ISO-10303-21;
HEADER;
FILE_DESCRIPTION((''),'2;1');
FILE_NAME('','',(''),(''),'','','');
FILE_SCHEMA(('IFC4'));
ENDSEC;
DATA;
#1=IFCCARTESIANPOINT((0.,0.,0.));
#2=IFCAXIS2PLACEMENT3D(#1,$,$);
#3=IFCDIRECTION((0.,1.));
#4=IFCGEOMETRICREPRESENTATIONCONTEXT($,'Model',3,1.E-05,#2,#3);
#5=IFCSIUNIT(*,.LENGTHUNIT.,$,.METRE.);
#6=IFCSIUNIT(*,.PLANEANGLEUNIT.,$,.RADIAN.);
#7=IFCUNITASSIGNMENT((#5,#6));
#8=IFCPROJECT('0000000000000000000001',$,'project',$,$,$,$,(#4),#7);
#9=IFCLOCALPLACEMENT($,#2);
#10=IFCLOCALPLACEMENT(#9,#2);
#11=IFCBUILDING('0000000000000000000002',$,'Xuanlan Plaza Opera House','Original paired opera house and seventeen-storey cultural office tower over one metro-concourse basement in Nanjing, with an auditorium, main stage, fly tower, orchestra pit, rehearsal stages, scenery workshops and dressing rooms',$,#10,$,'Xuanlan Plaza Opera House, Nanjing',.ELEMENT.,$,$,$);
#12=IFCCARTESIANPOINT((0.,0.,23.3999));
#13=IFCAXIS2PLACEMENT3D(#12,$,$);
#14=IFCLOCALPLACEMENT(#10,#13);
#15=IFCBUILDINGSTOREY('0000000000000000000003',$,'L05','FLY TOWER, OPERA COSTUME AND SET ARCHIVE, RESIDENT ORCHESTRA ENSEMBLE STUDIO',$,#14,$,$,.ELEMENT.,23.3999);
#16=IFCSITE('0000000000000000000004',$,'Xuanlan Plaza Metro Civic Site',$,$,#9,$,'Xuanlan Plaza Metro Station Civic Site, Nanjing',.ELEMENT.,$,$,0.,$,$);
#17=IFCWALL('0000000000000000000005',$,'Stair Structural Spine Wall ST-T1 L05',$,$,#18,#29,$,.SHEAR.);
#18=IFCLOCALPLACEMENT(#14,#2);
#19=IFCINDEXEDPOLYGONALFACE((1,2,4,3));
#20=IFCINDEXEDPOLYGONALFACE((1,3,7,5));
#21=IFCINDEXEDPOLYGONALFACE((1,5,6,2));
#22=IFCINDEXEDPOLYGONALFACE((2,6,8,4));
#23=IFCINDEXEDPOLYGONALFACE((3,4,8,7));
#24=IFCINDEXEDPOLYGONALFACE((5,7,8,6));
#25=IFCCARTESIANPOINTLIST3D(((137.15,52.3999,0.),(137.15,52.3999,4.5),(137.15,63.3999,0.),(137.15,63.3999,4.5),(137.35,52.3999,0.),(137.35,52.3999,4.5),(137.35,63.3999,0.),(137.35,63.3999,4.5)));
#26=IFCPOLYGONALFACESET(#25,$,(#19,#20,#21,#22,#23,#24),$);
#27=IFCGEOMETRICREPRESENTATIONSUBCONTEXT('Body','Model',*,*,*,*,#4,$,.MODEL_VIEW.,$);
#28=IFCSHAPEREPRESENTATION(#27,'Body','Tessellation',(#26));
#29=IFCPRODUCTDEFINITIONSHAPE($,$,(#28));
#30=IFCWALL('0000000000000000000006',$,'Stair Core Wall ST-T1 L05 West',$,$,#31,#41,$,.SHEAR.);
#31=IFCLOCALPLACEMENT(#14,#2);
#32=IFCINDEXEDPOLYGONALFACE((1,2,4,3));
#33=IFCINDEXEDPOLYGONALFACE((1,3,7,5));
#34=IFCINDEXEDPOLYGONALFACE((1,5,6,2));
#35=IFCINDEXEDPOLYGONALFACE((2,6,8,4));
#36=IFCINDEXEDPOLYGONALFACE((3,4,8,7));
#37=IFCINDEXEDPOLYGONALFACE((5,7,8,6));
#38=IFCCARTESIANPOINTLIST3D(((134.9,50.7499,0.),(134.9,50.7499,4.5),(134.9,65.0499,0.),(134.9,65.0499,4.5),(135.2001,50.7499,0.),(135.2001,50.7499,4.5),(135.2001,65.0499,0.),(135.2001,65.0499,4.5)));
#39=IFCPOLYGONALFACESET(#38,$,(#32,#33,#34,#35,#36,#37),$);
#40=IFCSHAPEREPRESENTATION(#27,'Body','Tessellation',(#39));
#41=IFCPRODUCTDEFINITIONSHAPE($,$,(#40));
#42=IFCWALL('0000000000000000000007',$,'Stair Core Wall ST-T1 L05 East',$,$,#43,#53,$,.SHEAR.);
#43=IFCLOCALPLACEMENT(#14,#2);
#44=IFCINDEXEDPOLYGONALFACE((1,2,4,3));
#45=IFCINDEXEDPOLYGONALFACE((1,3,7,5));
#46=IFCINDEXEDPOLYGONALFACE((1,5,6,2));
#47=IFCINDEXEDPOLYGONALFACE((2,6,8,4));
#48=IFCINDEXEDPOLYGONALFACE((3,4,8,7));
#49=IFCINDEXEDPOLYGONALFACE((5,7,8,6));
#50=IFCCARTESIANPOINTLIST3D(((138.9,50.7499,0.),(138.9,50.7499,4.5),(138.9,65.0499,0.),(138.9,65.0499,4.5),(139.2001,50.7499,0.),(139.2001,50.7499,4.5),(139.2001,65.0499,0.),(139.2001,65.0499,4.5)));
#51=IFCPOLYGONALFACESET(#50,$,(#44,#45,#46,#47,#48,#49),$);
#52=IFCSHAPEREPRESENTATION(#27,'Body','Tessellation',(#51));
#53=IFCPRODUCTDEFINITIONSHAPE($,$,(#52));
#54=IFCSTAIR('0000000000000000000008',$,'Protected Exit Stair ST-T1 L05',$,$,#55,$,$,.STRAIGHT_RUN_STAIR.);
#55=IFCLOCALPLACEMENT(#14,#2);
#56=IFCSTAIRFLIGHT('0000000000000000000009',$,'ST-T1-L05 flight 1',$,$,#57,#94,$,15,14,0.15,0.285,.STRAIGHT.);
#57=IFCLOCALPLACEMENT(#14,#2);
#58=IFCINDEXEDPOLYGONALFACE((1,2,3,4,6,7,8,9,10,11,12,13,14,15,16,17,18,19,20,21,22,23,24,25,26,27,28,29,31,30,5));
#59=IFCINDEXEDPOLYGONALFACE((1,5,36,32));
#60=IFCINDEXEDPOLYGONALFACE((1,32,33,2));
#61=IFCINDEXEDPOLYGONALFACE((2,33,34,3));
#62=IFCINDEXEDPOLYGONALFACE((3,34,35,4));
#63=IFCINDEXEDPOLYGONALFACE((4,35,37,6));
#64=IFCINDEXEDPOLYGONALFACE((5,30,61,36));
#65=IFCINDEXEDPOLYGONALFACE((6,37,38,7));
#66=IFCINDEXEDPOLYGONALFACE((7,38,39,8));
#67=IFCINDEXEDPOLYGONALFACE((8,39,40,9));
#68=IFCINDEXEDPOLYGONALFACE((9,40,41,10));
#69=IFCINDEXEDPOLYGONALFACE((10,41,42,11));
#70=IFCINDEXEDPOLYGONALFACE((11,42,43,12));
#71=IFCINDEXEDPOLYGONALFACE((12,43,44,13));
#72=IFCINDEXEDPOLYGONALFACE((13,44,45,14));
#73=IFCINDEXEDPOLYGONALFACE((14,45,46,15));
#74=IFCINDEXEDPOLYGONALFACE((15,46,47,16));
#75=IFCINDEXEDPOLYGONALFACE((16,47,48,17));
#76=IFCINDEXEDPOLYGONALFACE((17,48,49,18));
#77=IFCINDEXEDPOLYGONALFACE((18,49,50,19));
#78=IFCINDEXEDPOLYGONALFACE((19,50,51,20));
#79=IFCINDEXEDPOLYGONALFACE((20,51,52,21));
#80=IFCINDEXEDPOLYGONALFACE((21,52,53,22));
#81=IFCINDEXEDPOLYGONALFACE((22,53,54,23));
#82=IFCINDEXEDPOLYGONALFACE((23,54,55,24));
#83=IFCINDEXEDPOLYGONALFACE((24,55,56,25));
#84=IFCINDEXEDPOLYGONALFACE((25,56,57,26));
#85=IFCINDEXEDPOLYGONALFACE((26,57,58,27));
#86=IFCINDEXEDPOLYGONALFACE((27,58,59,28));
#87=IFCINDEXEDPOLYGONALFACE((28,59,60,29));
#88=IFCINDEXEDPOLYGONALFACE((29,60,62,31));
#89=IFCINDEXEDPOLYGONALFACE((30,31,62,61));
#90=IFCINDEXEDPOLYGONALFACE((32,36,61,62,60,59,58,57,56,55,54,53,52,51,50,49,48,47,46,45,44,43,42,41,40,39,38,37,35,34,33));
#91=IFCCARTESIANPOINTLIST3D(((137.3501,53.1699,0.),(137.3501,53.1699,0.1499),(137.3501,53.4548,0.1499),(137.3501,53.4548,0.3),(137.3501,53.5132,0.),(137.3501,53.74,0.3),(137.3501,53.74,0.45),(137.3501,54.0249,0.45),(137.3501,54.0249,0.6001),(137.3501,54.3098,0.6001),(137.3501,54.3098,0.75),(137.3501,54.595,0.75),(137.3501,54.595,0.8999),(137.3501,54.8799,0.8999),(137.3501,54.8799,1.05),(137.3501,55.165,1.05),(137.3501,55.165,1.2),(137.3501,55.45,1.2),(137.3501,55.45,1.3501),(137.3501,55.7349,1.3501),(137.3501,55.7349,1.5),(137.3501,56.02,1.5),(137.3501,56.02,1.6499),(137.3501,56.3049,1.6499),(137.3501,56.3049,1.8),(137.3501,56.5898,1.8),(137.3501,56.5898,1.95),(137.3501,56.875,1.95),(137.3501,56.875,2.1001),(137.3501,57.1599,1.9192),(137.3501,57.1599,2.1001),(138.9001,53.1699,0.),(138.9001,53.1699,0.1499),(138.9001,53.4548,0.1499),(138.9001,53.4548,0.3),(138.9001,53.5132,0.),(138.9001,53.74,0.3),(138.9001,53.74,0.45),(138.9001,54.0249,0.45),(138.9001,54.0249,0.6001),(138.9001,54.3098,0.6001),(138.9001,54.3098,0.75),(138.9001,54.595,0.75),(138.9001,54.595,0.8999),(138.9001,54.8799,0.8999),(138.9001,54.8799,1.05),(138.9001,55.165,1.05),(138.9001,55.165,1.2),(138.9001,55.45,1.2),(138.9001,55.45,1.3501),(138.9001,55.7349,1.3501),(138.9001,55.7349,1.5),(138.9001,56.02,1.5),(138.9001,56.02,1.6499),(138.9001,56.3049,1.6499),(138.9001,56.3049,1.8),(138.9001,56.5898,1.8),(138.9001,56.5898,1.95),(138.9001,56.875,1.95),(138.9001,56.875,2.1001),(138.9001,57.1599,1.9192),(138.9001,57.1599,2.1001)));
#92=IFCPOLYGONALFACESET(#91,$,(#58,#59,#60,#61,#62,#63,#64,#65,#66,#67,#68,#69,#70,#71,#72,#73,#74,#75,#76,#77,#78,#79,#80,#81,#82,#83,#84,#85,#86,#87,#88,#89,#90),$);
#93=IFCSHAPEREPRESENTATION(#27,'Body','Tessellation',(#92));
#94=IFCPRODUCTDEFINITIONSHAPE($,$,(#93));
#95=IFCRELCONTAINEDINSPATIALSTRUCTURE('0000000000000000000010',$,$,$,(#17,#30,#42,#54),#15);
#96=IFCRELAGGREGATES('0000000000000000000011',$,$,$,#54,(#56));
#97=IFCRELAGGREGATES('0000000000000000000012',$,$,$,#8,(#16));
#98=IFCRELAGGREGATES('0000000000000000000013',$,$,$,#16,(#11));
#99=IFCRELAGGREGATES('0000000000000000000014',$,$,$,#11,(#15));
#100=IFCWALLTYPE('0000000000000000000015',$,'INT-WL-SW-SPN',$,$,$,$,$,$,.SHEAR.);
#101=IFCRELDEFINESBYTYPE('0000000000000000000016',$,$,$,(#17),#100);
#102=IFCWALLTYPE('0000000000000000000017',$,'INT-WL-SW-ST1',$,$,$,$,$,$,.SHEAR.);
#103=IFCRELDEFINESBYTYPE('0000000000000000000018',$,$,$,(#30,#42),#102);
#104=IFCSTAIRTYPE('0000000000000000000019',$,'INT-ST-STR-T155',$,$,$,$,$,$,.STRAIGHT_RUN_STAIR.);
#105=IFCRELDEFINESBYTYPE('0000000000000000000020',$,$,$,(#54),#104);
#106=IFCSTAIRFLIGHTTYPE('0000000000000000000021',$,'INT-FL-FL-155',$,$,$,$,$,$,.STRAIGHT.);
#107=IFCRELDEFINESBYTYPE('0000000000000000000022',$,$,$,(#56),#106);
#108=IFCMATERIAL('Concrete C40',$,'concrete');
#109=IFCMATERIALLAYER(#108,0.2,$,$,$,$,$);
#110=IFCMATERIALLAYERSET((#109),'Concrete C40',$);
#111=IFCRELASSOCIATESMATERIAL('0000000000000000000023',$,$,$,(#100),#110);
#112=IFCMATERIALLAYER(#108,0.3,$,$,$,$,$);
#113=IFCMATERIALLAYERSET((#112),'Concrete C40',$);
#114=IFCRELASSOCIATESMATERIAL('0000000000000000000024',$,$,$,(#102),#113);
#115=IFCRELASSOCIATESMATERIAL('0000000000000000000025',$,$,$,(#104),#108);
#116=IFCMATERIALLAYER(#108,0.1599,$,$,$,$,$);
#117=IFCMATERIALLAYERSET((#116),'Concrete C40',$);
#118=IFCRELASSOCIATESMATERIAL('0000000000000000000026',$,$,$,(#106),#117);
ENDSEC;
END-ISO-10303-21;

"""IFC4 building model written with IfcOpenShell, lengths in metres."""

from ifc_helpers import new_model, si_unit, direction, frame, frame_2d, origin, place, context, subcontext, project, spatial, polyline, rectangle, outline, extrude, material, layer, layer_set, type_object, element, aggregate, save


model = new_model("IFC4")

# Units and contexts
model_context = context("Model", 3, precision=1e-05, world=origin(), true_north=direction((0.0, 1.0)))
body_context = subcontext(model_context, "Body", "Model", "MODEL_VIEW")
ifc_project = project(units=[si_unit("LENGTHUNIT", "METRE"), si_unit("PLANEANGLEUNIT", "RADIAN")], contexts=[model_context])

# Site, building, storey
site_placement = place(None, origin())
site = spatial("IfcSite", under=ifc_project, at=site_placement, Name="Xuanlan Plaza Metro Civic Site", LongName="Xuanlan Plaza Metro Station Civic Site, Nanjing", CompositionType="ELEMENT", RefElevation=0.0)
building_placement = place(site_placement, origin())
building = spatial("IfcBuilding", under=site, at=building_placement, Name="Xuanlan Plaza Opera House", Description="Original paired opera house and seventeen-storey cultural office tower over one metro-concourse basement in Nanjing, with an auditorium, main stage, fly tower, orchestra pit, rehearsal stages, scenery workshops and dressing rooms", LongName="Xuanlan Plaza Opera House, Nanjing", CompositionType="ELEMENT")
storey_placement = place(building_placement, frame((0.0, 0.0, 23.3999)))
storey = spatial("IfcBuildingStorey", under=building, at=storey_placement, Name="L05", Description="FLY TOWER, OPERA COSTUME AND SET ARCHIVE, RESIDENT ORCHESTRA ENSEMBLE STUDIO", CompositionType="ELEMENT", Elevation=23.3999)

# Shared definitions
ifc_material_1 = material(Name="Concrete C40", Category="concrete")

# Walls
ifc_layer_1 = layer(ifc_material_1, 0.2)
ifc_layer_set_1 = layer_set([ifc_layer_1], Name="Concrete C40")
wall_type_1 = type_object("IfcWallType", Name="INT-WL-SW-SPN", PredefinedType="SHEAR", material=ifc_layer_set_1)
wall_1_placement = place(storey_placement, frame((137.25, 52.3999, 0.0), z_axis=(0.0, 0.0, 1.0), x_axis=(0.0, 1.0, 0.0)))
element("IfcWall", 1, at=wall_1_placement, inside=storey, type_object=wall_type_1, Name="Stair Structural Spine Wall ST-T1 L05", PredefinedType="SHEAR", context=body_context, shape_type="SweptSolid", body=[
    extrude(rectangle(XDim=11.0, YDim=0.2, at=frame_2d((5.5, 0.0))), origin(), (0.0, 0.0, 1.0), 4.5),
])
ifc_layer_2 = layer(ifc_material_1, 0.3)
ifc_layer_set_2 = layer_set([ifc_layer_2], Name="Concrete C40")
wall_type_2 = type_object("IfcWallType", Name="INT-WL-SW-ST1", PredefinedType="SHEAR", material=ifc_layer_set_2)
for number, where, z_axis, x_axis, name in (
    (2, (135.05, 50.75, 0.0), (0.0, 0.0, 1.0), (0.0, 1.0, 0.0), "Stair Core Wall ST-T1 L05 West"),
    (3, (139.05, 50.75, 0.0), (0.0, 0.0, 1.0), (0.0, 1.0, 0.0), "Stair Core Wall ST-T1 L05 East"),
):
    element("IfcWall", number, at=place(storey_placement, frame(where, z_axis=z_axis, x_axis=x_axis)), inside=storey, type_object=wall_type_2, Name=name, PredefinedType="SHEAR", context=body_context, shape_type="SweptSolid", body=[
        extrude(rectangle(XDim=14.3, YDim=0.3, at=frame_2d((7.1499, 0.0))), origin(), (0.0, 0.0, 1.0), 4.5),
    ])

# Stair, stair flight
stair_type = type_object("IfcStairType", Name="INT-ST-STR-T155", PredefinedType="STRAIGHT_RUN_STAIR", material=ifc_material_1)
stair_placement = place(storey_placement, origin())
stair = element("IfcStair", 4, at=stair_placement, inside=storey, type_object=stair_type, Name="Protected Exit Stair ST-T1 L05", PredefinedType="STRAIGHT_RUN_STAIR")
ifc_layer_3 = layer(ifc_material_1, 0.1599)
ifc_layer_set_3 = layer_set([ifc_layer_3], Name="Concrete C40")
stair_flight_type = type_object("IfcStairFlightType", Name="INT-FL-FL-155", PredefinedType="STRAIGHT", material=ifc_layer_set_3)
stair_flight_placement = place(storey_placement, frame((138.125, 53.1699, 0.0), z_axis=(0.0, 0.0, 1.0), x_axis=(0.0, 1.0, 0.0)))
stair_flight = element("IfcStairFlight", 5, at=stair_flight_placement, type_object=stair_flight_type, Name="ST-T1-L05 flight 1", NumberOfRisers=15, NumberOfTreads=14, PredefinedType="STRAIGHT", RiserHeight=0.15, TreadLength=0.285, context=body_context, shape_type="SweptSolid", body=[
    extrude(outline(polyline([(0.0, 0.0), (0.0, 0.1499), (0.2849, 0.1499), (0.2849, 0.3), (0.5701, 0.3), (0.5701, 0.45), (0.855, 0.45), (0.855, 0.6001), (1.1399, 0.6001), (1.1399, 0.75), (1.425, 0.75), (1.425, 0.8999), (1.71, 0.8999), (1.71, 1.05), (1.9951, 1.05), (1.9951, 1.2), (2.28, 1.2), (2.28, 1.3501), (2.5649, 1.3501), (2.5649, 1.5), (2.8501, 1.5), (2.8501, 1.6499), (3.135, 1.6499), (3.135, 1.8), (3.4199, 1.8), (3.4199, 1.95), (3.7051, 1.95), (3.7051, 2.1001), (3.99, 2.1001), (3.99, 2.25), (3.99, 1.9192), (0.3433, 0.0), (0.0, 0.0)])), frame((0.0, 0.7749, 0.0), z_axis=(0.0, -1.0, 0.0), x_axis=(1.0, 0.0, 0.0)), (0.0, 0.0, 1.0), 1.55),
])
aggregate(stair, [stair_flight])

save(model, "model.ifc")
